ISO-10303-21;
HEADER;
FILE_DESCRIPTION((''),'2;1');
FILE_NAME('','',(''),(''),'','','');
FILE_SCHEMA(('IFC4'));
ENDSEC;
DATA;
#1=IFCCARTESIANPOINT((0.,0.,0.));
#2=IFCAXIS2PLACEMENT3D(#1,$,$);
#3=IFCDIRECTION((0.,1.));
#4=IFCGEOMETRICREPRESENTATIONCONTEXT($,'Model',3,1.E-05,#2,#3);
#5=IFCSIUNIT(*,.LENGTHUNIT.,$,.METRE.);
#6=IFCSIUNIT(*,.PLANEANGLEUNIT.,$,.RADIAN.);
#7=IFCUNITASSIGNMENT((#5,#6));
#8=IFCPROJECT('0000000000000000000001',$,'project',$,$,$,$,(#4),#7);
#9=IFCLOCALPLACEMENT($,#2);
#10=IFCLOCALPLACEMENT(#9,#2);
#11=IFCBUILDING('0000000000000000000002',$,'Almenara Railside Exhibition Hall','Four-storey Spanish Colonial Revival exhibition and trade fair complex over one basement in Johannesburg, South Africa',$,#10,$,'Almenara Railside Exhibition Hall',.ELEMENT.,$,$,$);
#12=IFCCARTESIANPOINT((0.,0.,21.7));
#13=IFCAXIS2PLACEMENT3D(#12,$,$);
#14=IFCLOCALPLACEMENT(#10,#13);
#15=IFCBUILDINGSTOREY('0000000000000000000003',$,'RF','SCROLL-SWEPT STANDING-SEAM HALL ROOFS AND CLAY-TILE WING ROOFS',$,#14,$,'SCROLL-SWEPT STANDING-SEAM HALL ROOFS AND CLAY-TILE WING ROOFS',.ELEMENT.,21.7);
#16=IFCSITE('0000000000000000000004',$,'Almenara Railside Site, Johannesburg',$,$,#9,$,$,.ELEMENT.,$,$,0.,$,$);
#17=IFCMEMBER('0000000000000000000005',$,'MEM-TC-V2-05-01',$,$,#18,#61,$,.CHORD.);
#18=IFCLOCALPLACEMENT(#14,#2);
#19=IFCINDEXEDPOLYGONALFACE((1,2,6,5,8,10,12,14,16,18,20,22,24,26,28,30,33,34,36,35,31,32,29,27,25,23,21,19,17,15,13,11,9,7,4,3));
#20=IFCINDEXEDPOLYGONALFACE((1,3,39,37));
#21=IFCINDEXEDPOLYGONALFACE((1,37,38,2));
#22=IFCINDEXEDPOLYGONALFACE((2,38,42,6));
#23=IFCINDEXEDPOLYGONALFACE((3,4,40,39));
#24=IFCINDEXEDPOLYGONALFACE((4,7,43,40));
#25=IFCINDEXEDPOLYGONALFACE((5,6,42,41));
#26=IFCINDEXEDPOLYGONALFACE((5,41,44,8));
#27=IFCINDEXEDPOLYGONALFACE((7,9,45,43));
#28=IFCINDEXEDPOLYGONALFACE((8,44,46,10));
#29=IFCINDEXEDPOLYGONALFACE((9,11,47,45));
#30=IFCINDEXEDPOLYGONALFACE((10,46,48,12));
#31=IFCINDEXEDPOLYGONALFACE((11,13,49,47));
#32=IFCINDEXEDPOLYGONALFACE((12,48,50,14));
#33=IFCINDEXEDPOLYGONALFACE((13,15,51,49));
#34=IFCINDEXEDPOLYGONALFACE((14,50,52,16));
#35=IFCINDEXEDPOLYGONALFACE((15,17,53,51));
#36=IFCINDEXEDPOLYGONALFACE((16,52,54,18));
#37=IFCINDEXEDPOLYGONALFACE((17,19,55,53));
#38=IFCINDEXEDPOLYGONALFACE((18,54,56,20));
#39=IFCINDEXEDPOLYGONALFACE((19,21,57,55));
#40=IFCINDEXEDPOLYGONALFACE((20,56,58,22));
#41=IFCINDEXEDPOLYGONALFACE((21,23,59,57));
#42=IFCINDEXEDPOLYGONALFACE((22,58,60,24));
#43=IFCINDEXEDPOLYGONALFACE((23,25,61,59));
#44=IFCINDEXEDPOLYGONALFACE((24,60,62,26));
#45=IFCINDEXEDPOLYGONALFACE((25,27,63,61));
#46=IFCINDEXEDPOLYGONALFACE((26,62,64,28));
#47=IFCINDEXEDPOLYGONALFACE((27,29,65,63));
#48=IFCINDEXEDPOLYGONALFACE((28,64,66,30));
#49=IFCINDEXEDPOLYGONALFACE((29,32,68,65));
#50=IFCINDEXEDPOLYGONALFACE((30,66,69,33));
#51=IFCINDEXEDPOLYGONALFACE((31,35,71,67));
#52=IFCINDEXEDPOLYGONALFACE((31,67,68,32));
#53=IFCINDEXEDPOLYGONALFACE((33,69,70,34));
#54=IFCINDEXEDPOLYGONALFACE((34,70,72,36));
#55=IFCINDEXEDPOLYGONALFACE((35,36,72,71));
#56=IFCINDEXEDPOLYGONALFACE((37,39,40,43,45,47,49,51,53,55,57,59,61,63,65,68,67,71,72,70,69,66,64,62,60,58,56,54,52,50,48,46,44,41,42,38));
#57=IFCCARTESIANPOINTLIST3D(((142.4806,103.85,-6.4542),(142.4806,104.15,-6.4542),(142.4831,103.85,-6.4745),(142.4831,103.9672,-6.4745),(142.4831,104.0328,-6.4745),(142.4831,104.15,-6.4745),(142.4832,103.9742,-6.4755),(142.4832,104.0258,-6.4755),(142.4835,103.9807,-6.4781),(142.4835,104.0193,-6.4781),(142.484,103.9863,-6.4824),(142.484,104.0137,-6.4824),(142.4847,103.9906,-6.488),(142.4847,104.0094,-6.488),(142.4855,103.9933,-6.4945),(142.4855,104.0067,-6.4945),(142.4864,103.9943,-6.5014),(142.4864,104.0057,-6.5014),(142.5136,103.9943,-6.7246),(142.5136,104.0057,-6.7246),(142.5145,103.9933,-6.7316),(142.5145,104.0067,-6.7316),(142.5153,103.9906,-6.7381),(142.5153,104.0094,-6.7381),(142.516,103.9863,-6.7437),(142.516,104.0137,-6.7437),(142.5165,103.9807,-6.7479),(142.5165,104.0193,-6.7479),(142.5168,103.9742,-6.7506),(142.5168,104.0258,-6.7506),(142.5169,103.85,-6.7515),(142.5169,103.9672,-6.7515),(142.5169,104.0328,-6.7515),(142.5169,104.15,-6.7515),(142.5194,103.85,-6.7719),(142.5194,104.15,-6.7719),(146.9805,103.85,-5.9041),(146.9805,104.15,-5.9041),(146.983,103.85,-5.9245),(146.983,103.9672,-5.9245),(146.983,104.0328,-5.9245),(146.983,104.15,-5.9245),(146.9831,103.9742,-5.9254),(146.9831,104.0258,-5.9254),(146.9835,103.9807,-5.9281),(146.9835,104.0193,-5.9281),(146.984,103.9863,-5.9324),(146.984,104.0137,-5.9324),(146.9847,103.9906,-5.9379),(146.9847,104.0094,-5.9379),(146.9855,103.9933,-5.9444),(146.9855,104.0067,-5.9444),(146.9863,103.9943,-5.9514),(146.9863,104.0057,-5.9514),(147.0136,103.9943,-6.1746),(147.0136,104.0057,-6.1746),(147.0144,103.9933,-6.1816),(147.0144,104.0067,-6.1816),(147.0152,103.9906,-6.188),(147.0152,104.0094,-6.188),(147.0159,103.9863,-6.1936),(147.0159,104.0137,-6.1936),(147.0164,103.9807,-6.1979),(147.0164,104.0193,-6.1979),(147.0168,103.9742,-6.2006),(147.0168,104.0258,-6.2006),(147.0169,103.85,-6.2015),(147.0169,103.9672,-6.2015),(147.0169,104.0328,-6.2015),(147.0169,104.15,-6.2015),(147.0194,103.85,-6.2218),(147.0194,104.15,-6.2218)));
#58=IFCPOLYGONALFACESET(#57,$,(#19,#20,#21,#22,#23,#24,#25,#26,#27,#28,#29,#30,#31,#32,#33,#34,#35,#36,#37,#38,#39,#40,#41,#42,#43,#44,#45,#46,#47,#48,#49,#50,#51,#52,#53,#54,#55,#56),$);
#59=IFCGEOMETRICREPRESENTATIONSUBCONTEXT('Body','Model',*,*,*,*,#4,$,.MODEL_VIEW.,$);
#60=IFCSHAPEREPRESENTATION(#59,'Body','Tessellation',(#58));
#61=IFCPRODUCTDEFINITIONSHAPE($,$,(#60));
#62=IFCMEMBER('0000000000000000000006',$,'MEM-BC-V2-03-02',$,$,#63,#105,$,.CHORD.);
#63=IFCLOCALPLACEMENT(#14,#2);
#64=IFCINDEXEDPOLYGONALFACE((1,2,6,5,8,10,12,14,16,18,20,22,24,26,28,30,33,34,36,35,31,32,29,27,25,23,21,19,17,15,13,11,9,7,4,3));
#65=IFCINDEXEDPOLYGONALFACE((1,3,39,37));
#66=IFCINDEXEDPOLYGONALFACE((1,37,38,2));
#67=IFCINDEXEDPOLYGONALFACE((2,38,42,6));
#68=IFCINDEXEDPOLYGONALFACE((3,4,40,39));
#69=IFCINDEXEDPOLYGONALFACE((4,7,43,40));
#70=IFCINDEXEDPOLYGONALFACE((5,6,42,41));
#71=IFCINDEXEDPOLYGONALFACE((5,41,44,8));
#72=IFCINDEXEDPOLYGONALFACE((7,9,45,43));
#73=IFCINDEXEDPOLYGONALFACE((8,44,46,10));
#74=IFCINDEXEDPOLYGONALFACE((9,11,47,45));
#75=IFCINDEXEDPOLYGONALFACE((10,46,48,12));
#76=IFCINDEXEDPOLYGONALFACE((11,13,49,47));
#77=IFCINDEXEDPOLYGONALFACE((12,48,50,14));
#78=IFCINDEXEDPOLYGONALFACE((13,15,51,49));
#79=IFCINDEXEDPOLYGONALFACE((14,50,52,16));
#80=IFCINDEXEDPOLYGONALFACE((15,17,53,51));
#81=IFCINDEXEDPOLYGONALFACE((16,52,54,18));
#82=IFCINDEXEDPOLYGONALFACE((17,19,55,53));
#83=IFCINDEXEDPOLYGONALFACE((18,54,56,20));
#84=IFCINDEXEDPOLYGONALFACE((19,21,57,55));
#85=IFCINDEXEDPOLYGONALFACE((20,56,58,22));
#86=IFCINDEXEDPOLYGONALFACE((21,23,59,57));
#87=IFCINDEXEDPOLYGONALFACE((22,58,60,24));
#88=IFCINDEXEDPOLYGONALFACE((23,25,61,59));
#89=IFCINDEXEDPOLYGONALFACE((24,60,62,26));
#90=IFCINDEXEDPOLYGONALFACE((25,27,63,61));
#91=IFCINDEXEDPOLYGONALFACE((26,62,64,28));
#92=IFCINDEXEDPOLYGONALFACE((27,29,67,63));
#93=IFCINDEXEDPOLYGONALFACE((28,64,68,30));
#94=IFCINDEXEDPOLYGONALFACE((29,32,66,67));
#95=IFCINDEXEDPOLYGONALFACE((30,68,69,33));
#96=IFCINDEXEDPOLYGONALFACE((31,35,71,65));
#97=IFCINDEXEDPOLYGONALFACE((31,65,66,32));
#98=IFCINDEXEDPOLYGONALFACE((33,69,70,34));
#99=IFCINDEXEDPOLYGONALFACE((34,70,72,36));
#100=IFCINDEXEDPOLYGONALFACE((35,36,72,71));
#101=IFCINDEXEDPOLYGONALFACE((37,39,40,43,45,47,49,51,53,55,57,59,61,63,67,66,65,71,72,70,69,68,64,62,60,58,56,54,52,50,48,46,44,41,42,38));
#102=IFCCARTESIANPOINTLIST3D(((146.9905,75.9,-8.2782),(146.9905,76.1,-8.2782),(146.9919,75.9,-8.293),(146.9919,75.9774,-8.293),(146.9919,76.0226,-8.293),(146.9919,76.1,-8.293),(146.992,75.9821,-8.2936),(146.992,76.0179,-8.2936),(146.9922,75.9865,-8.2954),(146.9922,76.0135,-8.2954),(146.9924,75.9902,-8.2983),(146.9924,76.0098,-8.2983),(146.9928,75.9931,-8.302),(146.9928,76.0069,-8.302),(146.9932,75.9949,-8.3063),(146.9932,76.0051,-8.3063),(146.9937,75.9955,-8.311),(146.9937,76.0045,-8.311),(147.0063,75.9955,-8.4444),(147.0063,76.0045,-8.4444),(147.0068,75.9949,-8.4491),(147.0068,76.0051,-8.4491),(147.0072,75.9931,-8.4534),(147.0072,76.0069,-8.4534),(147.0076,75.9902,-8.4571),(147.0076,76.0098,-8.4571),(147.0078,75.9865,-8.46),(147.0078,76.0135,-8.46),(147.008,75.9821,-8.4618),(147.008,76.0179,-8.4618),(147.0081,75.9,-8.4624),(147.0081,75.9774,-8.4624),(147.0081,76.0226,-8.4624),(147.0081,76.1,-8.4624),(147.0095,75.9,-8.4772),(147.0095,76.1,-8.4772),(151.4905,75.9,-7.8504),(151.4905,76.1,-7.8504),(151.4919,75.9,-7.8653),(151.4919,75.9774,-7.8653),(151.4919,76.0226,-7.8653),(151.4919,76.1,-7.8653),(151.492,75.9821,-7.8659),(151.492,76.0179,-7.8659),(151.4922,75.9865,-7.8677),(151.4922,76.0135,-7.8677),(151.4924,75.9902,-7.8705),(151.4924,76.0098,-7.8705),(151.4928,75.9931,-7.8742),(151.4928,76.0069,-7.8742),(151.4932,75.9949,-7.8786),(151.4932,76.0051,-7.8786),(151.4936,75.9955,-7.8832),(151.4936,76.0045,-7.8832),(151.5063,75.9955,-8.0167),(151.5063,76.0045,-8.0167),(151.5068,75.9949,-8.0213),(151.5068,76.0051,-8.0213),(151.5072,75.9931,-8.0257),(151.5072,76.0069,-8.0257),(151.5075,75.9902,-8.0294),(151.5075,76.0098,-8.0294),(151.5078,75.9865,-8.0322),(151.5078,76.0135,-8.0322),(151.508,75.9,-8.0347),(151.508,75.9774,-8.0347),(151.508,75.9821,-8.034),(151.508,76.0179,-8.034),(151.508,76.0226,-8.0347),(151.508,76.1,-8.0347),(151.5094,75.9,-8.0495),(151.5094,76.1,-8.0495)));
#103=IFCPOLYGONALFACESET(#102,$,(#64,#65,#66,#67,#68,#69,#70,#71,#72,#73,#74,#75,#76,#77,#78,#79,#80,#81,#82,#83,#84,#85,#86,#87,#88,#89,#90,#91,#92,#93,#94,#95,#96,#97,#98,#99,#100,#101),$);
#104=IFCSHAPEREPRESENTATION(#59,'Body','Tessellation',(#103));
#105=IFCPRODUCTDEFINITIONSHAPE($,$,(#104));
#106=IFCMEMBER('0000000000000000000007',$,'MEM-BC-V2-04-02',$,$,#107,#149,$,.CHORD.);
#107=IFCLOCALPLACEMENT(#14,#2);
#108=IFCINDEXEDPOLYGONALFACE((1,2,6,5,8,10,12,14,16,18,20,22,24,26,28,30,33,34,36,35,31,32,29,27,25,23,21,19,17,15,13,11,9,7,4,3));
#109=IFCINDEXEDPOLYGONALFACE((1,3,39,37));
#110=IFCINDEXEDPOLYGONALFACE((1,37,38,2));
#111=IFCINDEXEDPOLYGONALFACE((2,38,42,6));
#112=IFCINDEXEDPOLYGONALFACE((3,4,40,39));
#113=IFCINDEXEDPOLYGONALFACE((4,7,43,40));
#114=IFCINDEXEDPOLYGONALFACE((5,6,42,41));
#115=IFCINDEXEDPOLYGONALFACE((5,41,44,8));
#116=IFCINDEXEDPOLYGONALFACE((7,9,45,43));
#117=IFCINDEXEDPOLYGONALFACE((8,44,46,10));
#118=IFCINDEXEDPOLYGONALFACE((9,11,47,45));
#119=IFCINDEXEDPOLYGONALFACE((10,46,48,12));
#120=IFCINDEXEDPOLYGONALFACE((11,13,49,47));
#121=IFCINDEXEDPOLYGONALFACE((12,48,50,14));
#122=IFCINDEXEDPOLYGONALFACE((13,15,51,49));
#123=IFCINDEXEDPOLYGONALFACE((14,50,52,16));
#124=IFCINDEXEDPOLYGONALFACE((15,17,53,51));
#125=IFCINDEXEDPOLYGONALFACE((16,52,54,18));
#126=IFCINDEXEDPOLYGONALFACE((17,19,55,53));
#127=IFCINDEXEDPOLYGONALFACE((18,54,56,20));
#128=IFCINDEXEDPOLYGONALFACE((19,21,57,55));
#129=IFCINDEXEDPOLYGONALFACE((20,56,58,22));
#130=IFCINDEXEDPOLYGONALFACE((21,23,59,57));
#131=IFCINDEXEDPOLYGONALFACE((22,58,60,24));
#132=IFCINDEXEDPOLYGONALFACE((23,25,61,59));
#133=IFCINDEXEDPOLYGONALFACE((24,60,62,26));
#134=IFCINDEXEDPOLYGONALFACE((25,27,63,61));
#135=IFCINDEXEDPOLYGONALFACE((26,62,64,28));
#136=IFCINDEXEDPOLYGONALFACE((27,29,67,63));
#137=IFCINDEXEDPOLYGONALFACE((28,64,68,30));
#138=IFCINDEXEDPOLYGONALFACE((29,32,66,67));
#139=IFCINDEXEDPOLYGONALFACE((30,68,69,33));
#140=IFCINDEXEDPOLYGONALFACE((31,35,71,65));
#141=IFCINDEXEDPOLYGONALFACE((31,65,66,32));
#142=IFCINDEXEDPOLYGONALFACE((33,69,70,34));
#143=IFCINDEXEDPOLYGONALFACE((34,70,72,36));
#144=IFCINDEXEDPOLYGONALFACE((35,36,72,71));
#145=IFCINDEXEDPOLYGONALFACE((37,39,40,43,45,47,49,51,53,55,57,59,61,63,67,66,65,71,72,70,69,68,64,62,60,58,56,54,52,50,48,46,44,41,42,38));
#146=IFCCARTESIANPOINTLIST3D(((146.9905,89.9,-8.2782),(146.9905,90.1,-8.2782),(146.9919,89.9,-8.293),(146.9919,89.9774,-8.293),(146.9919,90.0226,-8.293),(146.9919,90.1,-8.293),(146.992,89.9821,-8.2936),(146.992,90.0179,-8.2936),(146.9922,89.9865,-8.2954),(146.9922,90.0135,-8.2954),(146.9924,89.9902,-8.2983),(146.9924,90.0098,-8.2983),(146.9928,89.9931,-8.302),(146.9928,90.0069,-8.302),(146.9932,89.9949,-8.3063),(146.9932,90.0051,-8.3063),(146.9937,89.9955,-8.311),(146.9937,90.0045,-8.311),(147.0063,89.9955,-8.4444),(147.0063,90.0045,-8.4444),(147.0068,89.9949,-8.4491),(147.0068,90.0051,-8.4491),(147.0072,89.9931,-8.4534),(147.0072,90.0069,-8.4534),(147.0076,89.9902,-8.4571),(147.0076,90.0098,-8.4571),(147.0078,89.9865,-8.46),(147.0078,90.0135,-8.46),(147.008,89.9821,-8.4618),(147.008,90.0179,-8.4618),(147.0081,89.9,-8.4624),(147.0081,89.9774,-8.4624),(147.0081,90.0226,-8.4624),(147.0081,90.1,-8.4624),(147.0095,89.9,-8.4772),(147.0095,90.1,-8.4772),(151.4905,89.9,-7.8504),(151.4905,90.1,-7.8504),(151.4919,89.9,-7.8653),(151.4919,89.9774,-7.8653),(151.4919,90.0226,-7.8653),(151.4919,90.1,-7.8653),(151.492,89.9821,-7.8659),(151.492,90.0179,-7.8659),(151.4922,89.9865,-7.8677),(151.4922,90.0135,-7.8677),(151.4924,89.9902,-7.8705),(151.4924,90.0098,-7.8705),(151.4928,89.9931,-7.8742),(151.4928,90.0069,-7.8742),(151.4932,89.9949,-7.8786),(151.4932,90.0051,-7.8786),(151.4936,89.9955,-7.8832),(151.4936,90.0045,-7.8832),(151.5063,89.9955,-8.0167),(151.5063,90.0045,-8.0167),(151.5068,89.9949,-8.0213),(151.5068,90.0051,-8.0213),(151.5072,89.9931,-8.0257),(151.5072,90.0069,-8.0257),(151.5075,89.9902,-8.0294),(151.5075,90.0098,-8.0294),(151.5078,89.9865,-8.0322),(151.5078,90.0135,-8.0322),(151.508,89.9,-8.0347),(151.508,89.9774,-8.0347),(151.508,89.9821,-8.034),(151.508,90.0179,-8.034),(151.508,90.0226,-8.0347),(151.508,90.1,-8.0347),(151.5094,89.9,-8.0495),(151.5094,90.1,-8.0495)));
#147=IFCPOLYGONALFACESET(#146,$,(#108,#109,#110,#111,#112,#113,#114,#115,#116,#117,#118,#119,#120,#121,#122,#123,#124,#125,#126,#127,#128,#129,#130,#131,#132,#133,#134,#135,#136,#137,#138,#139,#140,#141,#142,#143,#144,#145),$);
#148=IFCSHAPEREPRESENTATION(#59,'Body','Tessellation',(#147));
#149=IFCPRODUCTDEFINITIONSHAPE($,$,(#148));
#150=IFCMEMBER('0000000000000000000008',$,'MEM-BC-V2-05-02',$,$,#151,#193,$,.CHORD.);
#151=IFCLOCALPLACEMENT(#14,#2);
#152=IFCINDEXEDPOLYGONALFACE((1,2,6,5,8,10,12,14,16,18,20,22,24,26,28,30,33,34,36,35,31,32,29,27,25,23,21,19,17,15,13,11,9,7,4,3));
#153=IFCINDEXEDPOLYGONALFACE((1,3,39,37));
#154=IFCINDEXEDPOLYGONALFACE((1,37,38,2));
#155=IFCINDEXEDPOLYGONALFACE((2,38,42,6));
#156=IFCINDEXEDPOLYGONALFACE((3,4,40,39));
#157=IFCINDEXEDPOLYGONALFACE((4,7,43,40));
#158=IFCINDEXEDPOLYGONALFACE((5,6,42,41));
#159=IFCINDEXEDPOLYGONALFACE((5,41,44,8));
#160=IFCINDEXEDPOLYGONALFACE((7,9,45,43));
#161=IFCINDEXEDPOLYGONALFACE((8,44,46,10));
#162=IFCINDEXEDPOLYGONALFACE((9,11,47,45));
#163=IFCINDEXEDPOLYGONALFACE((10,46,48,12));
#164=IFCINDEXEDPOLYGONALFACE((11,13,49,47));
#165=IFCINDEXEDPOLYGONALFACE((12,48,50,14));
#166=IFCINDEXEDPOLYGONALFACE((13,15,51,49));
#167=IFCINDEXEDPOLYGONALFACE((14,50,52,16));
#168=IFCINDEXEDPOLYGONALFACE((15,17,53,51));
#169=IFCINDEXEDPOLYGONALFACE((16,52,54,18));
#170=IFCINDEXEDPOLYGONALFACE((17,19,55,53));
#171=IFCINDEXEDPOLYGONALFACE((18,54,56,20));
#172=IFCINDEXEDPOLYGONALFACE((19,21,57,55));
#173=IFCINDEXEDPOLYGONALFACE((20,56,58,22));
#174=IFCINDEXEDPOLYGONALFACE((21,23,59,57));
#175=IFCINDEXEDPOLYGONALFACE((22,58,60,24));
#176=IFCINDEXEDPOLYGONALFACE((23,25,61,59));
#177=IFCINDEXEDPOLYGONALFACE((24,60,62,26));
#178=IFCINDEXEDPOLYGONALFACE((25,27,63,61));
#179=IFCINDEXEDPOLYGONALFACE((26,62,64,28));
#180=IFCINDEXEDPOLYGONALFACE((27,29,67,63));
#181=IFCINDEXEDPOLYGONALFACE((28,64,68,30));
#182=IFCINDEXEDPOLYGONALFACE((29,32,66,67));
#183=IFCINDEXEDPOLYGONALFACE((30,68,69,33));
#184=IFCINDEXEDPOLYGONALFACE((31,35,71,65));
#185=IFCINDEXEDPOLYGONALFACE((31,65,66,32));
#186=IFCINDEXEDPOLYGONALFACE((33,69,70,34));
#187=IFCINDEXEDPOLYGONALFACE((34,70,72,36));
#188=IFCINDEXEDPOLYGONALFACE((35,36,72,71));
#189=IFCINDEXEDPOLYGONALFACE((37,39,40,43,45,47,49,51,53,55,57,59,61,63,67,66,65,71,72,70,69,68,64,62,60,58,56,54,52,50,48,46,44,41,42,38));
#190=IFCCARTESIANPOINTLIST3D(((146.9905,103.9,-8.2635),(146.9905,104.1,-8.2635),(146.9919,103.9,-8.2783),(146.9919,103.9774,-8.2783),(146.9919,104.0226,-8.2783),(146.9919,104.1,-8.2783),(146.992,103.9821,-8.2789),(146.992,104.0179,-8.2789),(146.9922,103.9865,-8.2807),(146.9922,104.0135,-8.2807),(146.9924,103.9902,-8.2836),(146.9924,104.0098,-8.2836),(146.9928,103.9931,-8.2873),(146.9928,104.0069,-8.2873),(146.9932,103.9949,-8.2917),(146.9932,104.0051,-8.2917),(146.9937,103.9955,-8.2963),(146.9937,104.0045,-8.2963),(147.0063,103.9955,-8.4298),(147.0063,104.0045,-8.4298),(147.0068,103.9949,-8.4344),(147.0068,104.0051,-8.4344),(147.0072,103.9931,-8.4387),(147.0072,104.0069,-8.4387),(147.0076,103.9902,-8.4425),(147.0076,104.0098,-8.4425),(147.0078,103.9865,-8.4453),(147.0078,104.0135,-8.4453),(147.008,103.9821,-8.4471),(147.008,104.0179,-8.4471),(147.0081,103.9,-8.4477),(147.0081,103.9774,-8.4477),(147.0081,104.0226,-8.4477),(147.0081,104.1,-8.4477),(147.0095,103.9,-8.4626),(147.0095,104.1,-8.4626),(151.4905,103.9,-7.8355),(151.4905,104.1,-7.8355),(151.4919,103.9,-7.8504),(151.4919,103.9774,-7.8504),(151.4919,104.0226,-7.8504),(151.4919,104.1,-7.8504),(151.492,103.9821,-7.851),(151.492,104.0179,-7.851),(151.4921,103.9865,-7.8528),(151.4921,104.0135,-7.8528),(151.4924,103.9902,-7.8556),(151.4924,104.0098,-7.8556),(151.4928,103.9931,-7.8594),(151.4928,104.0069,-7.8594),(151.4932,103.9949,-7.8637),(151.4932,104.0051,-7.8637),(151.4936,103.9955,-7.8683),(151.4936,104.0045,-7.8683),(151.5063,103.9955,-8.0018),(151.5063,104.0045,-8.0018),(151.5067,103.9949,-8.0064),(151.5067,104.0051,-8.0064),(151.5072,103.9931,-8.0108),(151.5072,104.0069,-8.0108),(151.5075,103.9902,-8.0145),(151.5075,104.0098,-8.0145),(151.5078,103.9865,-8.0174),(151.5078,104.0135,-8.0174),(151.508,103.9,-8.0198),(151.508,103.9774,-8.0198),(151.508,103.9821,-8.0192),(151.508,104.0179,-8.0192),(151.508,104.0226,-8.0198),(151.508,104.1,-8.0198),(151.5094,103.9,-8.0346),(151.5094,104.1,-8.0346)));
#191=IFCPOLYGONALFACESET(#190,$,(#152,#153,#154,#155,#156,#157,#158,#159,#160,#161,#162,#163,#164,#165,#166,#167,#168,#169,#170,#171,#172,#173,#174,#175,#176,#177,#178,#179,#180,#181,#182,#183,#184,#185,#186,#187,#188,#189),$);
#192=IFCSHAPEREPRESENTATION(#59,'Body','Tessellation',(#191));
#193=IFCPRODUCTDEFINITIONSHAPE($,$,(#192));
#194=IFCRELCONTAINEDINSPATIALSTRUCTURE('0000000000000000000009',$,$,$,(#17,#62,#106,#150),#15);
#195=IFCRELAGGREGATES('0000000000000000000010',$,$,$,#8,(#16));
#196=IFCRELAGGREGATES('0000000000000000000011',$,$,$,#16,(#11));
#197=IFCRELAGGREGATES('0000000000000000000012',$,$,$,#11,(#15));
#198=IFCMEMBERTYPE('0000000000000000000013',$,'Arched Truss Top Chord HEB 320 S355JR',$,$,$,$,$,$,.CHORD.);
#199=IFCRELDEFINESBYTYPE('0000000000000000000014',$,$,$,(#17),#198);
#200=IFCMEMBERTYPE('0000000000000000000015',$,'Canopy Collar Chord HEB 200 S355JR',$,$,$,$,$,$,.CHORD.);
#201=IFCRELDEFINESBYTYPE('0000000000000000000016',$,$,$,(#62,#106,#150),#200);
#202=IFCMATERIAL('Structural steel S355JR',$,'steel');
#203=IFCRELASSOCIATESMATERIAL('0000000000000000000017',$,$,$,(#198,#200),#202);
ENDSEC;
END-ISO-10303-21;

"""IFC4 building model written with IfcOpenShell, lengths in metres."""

from ifc_helpers import new_model, si_unit, direction, frame, origin, origin_2d, place, context, subcontext, project, spatial, i_section, extrude, material, material_profile, profile_set, type_object, element, save


model = new_model("IFC4")

# Units and contexts
model_context = context("Model", 3, precision=1e-05, world=origin(), true_north=direction((0.0, 1.0)))
body_context = subcontext(model_context, "Body", "Model", "MODEL_VIEW")
ifc_project = project(units=[si_unit("LENGTHUNIT", "METRE"), si_unit("PLANEANGLEUNIT", "RADIAN")], contexts=[model_context])

# Site, building, storey
site_placement = place(None, origin())
site = spatial("IfcSite", under=ifc_project, at=site_placement, Name="Almenara Railside Site, Johannesburg", CompositionType="ELEMENT", RefElevation=0.0)
building_placement = place(site_placement, origin())
building = spatial("IfcBuilding", under=site, at=building_placement, Name="Almenara Railside Exhibition Hall", Description="Four-storey Spanish Colonial Revival exhibition and trade fair complex over one basement in Johannesburg, South Africa", LongName="Almenara Railside Exhibition Hall", CompositionType="ELEMENT")
storey_placement = place(building_placement, frame((0.0, 0.0, 21.7)))
storey = spatial("IfcBuildingStorey", under=building, at=storey_placement, Name="RF", Description="SCROLL-SWEPT STANDING-SEAM HALL ROOFS AND CLAY-TILE WING ROOFS", LongName="SCROLL-SWEPT STANDING-SEAM HALL ROOFS AND CLAY-TILE WING ROOFS", CompositionType="ELEMENT", Elevation=21.7)

# Members
ifc_material = material(Name="Structural steel S355JR", Category="steel")
ifc_material_profile_1 = material_profile(ifc_material, i_section(OverallWidth=0.3, OverallDepth=0.3201, WebThickness=0.0115, FlangeThickness=0.0205, FilletRadius=0.0271, at=origin_2d()), Name="HEB 320")
ifc_profile_set_1 = profile_set([ifc_material_profile_1], Name="Structural steel S355JR")
member_type_1 = type_object("IfcMemberType", Name="Arched Truss Top Chord HEB 320 S355JR", PredefinedType="CHORD", material=ifc_profile_set_1)
for number, where, z_axis, x_axis, name in (
    (1, (142.5, 104.0, -6.613), (0.992612, 0.0, 0.12133), (0.0, 1.0, 0.0), "MEM-TC-V2-05-01"),
):
    element("IfcMember", number, at=place(storey_placement, frame(where, z_axis=z_axis, x_axis=x_axis)), inside=storey, type_object=member_type_1, Name=name, PredefinedType="CHORD", context=body_context, shape_type="SweptSolid", body=[
        extrude(i_section(OverallWidth=0.3, OverallDepth=0.3201, WebThickness=0.0115, FlangeThickness=0.0205, FilletRadius=0.0271, at=origin_2d()), origin(), (0.0, 0.0, 1.0), 4.5334),
    ])
ifc_material_profile_2 = material_profile(ifc_material, i_section(OverallWidth=0.2, OverallDepth=0.2, WebThickness=0.009, FlangeThickness=0.0149, FilletRadius=0.0181, at=origin_2d()), Name="HEB 200")
ifc_profile_set_2 = profile_set([ifc_material_profile_2], Name="Structural steel S355JR")
member_type_2 = type_object("IfcMemberType", Name="Canopy Collar Chord HEB 200 S355JR", PredefinedType="CHORD", material=ifc_profile_set_2)
for number, where, z_axis, x_axis, name in (
    (2, (147.0, 76.0, -8.3777), (0.995513, 0.0, 0.094626), (0.0, 1.0, 0.0), "MEM-BC-V2-03-02"),
    (3, (147.0, 90.0, -8.3777), (0.995513, 0.0, 0.094626), (0.0, 1.0, 0.0), "MEM-BC-V2-04-02"),
    (4, (147.0, 104.0, -8.363), (0.995508, 0.0, 0.094679), (0.0, 1.0, 0.0), "MEM-BC-V2-05-02"),
):
    element("IfcMember", number, at=place(storey_placement, frame(where, z_axis=z_axis, x_axis=x_axis)), inside=storey, type_object=member_type_2, Name=name, PredefinedType="CHORD", context=body_context, shape_type="SweptSolid", body=[
        extrude(i_section(OverallWidth=0.2, OverallDepth=0.2, WebThickness=0.009, FlangeThickness=0.0149, FilletRadius=0.0181, at=origin_2d()), origin(), (0.0, 0.0, 1.0), 4.5203),
    ])

save(model, "model.ifc")
